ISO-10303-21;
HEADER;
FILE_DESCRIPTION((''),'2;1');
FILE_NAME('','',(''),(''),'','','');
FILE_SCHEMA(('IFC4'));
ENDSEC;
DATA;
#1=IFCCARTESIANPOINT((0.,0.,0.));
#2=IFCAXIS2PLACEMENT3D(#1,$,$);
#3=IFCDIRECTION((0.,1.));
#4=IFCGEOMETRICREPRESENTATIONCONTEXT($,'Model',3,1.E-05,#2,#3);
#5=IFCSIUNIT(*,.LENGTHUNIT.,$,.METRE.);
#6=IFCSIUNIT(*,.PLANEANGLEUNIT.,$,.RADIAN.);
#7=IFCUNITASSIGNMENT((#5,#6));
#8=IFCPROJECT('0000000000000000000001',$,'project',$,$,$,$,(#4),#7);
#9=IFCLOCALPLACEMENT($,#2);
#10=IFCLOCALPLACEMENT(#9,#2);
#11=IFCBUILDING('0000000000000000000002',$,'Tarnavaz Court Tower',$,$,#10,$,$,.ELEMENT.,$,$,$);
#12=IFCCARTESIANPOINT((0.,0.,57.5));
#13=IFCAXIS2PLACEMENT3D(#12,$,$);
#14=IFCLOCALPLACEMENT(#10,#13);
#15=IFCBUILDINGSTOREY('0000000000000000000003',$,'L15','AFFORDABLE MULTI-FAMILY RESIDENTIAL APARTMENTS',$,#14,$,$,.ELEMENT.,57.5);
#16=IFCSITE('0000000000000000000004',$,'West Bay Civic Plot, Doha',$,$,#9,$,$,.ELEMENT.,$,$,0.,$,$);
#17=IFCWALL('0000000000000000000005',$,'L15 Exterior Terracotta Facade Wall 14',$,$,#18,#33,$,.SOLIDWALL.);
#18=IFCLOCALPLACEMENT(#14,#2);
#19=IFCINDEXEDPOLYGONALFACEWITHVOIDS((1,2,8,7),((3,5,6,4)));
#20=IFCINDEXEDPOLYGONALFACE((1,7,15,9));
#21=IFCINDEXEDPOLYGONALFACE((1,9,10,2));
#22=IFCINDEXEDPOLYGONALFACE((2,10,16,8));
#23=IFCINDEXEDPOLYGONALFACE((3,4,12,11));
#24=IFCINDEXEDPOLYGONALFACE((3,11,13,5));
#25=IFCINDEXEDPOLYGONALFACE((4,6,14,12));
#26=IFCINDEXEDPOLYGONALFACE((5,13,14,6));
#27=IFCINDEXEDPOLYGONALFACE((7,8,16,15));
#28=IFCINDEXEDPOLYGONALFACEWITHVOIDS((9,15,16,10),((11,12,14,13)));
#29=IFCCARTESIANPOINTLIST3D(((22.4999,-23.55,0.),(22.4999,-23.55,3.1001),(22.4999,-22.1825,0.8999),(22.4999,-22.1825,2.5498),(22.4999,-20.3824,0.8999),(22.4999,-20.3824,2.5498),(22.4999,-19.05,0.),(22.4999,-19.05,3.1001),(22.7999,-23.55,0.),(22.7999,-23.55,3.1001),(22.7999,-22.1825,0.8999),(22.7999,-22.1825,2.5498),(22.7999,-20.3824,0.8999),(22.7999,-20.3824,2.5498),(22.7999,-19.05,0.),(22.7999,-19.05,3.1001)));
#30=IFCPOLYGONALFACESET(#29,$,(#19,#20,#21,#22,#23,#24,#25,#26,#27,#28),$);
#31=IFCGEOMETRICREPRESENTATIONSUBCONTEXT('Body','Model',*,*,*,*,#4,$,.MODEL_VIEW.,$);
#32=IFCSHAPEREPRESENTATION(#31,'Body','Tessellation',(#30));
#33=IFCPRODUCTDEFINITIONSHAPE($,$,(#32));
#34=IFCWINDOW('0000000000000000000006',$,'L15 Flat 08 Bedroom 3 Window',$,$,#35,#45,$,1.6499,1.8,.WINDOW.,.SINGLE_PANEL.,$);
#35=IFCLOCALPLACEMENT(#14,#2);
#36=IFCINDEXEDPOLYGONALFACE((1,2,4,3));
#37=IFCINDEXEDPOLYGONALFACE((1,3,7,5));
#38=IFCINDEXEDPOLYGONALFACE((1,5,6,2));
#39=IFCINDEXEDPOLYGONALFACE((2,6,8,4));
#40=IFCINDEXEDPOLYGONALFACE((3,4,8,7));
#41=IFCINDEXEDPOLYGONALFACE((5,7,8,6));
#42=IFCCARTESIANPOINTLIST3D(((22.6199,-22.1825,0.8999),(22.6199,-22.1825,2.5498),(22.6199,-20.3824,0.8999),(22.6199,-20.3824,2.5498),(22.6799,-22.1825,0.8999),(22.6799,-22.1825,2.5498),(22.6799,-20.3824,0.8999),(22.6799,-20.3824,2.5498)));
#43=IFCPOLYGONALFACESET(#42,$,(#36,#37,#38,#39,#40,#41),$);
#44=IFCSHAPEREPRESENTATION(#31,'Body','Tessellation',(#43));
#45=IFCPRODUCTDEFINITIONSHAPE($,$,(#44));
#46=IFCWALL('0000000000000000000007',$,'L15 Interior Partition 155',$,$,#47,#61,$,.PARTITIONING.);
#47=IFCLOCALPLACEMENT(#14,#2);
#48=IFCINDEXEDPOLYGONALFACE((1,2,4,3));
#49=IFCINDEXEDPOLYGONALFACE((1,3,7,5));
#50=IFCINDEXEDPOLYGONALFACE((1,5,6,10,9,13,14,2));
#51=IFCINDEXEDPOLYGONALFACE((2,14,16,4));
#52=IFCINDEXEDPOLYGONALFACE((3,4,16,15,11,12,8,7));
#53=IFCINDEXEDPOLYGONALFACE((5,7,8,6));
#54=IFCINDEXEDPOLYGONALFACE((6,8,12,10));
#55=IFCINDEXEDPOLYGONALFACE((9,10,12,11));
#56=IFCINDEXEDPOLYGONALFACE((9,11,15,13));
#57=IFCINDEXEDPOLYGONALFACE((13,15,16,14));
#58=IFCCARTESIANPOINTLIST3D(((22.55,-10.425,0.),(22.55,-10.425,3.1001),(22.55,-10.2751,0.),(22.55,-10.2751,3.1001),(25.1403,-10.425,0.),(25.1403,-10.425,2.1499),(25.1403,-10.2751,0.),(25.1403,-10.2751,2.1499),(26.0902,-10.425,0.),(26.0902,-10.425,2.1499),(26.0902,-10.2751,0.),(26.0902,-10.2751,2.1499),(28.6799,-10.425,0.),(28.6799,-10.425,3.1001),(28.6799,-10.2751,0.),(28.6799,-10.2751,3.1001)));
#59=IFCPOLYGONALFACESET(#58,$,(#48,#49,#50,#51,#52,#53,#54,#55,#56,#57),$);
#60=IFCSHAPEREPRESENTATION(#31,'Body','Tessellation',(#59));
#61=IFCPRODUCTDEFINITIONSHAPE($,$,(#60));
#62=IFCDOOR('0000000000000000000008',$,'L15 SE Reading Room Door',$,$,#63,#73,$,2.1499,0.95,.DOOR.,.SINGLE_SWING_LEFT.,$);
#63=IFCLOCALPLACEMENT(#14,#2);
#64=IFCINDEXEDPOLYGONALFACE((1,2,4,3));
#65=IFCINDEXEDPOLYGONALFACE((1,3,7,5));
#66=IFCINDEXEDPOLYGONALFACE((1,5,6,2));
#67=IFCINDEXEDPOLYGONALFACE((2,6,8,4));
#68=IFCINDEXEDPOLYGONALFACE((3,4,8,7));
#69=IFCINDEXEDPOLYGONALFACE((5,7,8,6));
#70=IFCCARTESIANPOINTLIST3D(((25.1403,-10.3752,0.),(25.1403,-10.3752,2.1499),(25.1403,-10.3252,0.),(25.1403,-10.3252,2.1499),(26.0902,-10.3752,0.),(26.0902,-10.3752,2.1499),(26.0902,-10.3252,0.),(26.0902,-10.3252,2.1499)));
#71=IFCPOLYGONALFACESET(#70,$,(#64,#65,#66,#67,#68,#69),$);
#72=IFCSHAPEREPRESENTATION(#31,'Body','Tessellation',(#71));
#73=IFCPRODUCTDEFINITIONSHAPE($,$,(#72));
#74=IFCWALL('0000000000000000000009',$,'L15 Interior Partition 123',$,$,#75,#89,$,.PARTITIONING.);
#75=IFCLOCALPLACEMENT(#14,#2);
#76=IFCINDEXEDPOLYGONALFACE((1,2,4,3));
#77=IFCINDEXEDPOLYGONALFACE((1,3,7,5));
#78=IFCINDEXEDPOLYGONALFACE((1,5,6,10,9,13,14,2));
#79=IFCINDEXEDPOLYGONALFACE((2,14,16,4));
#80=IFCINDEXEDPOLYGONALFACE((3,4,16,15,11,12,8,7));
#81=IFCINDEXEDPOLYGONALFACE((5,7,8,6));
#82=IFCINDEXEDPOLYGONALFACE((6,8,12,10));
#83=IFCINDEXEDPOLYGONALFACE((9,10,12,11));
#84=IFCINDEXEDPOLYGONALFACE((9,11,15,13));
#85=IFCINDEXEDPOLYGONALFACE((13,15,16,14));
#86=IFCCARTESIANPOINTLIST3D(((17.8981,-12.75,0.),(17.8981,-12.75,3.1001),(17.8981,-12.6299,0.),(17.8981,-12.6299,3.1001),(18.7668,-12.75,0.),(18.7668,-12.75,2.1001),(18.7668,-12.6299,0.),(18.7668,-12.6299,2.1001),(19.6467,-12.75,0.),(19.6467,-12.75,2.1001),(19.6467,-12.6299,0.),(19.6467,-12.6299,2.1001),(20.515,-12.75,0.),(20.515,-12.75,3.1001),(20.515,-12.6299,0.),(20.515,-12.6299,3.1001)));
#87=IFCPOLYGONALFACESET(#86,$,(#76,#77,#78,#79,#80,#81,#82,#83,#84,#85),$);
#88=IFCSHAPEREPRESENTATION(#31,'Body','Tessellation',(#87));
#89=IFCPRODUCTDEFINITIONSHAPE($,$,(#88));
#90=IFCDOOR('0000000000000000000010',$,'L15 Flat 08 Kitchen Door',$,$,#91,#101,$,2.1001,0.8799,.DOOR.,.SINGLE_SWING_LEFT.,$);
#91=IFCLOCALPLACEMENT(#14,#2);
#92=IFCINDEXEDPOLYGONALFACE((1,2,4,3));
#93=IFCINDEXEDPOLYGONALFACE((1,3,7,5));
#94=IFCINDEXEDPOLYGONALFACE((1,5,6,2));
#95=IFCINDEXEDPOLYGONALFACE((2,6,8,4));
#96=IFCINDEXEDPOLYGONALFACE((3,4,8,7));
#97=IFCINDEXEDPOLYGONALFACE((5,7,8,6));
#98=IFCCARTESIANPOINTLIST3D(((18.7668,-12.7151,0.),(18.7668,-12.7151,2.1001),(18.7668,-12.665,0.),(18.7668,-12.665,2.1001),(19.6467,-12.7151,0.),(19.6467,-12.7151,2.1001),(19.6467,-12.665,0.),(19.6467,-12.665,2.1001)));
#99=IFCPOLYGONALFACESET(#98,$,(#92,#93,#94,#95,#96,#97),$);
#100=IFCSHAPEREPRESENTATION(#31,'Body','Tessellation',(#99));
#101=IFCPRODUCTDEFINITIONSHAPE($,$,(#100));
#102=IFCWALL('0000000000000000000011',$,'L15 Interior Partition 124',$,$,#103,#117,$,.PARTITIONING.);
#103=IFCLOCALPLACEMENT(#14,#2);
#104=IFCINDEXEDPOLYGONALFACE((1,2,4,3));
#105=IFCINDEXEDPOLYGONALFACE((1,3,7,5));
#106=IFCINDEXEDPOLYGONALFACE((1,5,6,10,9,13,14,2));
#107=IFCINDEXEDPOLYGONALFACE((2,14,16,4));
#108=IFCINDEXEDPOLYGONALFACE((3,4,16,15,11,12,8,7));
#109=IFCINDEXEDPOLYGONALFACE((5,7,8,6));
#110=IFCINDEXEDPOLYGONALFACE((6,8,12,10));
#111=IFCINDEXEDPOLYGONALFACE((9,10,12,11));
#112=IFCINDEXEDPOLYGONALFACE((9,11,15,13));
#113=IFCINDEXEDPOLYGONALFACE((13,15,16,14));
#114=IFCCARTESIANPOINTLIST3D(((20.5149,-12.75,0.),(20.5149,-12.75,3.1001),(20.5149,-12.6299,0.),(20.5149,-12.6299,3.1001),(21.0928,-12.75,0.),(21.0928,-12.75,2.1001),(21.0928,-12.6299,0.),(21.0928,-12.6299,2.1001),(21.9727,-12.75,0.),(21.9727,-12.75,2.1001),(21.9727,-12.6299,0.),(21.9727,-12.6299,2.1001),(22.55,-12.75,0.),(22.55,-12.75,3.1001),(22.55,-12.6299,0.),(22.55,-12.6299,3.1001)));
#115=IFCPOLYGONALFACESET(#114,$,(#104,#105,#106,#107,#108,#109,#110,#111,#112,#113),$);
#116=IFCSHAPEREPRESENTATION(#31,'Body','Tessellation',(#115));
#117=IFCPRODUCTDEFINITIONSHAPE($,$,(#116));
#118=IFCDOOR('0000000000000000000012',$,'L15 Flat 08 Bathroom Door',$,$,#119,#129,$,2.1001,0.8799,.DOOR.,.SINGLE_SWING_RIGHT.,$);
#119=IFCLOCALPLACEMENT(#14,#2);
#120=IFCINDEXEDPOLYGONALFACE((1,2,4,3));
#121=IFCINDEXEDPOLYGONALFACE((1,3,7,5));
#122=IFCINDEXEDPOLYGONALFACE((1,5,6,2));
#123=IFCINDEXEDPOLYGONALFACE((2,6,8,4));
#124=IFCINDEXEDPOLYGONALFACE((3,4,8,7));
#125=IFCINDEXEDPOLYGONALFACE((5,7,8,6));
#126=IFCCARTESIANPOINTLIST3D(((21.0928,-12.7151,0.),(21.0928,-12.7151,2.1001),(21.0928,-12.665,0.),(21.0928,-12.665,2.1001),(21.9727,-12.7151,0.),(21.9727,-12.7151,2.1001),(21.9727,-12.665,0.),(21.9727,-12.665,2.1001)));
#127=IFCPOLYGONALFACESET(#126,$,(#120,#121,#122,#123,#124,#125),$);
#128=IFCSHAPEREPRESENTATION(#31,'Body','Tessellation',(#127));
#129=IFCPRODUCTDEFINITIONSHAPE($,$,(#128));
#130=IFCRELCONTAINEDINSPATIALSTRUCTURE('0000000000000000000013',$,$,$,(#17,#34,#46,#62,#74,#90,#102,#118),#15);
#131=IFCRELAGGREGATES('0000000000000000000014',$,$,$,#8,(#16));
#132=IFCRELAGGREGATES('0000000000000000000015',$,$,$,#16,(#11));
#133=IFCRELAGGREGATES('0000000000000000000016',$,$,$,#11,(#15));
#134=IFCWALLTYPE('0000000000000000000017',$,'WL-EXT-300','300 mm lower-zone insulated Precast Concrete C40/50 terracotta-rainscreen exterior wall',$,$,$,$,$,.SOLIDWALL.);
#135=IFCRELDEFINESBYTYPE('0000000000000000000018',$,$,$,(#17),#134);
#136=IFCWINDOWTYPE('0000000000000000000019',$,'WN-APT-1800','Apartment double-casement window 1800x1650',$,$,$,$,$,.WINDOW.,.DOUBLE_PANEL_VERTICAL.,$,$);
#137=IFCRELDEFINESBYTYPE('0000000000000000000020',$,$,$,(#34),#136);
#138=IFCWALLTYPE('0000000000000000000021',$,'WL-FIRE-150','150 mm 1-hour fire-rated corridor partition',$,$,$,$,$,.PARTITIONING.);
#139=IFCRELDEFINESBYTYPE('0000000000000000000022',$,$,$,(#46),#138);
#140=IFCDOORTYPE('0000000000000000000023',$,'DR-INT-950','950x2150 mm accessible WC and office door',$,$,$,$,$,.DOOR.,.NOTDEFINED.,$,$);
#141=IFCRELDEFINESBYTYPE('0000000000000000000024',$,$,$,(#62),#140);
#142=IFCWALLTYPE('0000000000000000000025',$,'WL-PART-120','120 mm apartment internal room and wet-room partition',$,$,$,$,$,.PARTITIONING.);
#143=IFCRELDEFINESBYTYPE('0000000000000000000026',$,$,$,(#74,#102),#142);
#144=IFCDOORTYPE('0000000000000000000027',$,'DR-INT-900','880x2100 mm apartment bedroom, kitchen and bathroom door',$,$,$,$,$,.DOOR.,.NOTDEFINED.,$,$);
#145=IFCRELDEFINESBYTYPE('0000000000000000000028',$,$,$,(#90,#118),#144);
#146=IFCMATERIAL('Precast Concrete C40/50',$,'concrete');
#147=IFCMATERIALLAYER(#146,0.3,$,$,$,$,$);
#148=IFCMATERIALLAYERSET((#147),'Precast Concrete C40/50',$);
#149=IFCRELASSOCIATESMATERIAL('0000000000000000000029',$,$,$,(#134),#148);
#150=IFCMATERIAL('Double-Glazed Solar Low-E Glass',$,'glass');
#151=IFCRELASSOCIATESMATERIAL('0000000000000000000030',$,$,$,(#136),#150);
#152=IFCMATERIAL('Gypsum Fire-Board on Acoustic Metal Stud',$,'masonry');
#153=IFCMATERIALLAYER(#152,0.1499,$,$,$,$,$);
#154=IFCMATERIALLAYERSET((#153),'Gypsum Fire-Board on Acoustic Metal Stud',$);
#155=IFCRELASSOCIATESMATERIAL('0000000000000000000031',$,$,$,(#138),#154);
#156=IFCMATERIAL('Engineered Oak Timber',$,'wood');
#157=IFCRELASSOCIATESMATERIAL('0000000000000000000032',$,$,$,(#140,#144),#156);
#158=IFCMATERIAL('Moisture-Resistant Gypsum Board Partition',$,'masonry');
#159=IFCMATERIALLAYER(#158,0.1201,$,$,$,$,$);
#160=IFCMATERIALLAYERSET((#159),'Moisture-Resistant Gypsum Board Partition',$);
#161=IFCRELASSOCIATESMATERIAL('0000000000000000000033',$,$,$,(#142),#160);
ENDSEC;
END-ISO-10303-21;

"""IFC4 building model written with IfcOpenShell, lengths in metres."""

from ifc_helpers import new_model, si_unit, direction, frame, frame_2d, origin, place, context, subcontext, project, spatial, rectangle, extrude, material, layer, layer_set, type_object, element, fill, save


model = new_model("IFC4")

# Units and contexts
model_context = context("Model", 3, precision=1e-05, world=origin(), true_north=direction((0.0, 1.0)))
body_context = subcontext(model_context, "Body", "Model", "MODEL_VIEW")
ifc_project = project(units=[si_unit("LENGTHUNIT", "METRE"), si_unit("PLANEANGLEUNIT", "RADIAN")], contexts=[model_context])

# Site, building, storey
site_placement = place(None, origin())
site = spatial("IfcSite", under=ifc_project, at=site_placement, Name="West Bay Civic Plot, Doha", CompositionType="ELEMENT", RefElevation=0.0)
building_placement = place(site_placement, origin())
building = spatial("IfcBuilding", under=site, at=building_placement, Name="Tarnavaz Court Tower", CompositionType="ELEMENT")
storey_placement = place(building_placement, frame((0.0, 0.0, 57.5)))
storey = spatial("IfcBuildingStorey", under=building, at=storey_placement, Name="L15", Description="AFFORDABLE MULTI-FAMILY RESIDENTIAL APARTMENTS", CompositionType="ELEMENT", Elevation=57.5)

# Wall, opening, window
ifc_material_1 = material(Name="Precast Concrete C40/50", Category="concrete")
ifc_layer_1 = layer(ifc_material_1, 0.3)
ifc_layer_set_1 = layer_set([ifc_layer_1], Name="Precast Concrete C40/50")
wall_type_1 = type_object("IfcWallType", Name="WL-EXT-300", Description="300 mm lower-zone insulated Precast Concrete C40/50 terracotta-rainscreen exterior wall", PredefinedType="SOLIDWALL", material=ifc_layer_set_1)
ifc_material_2 = material(Name="Double-Glazed Solar Low-E Glass", Category="glass")
wall_1_placement = place(storey_placement, frame((22.6499, -19.05, 0.0), z_axis=(0.0, 0.0, 1.0), x_axis=(0.0, -1.0, 0.0)))
wall_1 = element("IfcWall", 1, at=wall_1_placement, inside=storey, type_object=wall_type_1, Name="L15 Exterior Terracotta Facade Wall 14", PredefinedType="SOLIDWALL", context=body_context, shape_type="SweptSolid", body=[
    extrude(rectangle(XDim=4.5, YDim=0.3, at=frame_2d((2.25, 0.0))), origin(), (0.0, 0.0, 1.0), 3.1001),
])
opening_1_placement = place(wall_1_placement, frame((1.3325, 0.0, 0.8999)))
opening_1 = element("IfcOpeningElement", 2, at=opening_1_placement, cuts=wall_1, PredefinedType="OPENING", context=body_context, shape_type="SweptSolid", body=[
    extrude(rectangle(XDim=1.8, YDim=1.6499, at=frame_2d((0.8999, 0.825))), frame((0.0, 0.1599, 0.0), z_axis=(0.0, -1.0, 0.0), x_axis=(1.0, 0.0, 0.0)), (0.0, 0.0, 1.0), 0.3201),
])
window_type_1 = type_object("IfcWindowType", Name="WN-APT-1800", Description="Apartment double-casement window 1800x1650", PartitioningType="DOUBLE_PANEL_VERTICAL", PredefinedType="WINDOW", material=ifc_material_2)
window_1_placement = place(opening_1_placement, origin())
window_1 = element("IfcWindow", 3, at=window_1_placement, inside=storey, type_object=window_type_1, Name="L15 Flat 08 Bedroom 3 Window", OverallHeight=1.6499, OverallWidth=1.8, PartitioningType="SINGLE_PANEL", PredefinedType="WINDOW", context=body_context, shape_type="SweptSolid", body=[
    extrude(rectangle(XDim=1.8, YDim=1.6499, at=frame_2d((0.8999, 0.825))), frame((0.0, 0.03, 0.0), z_axis=(0.0, -1.0, 0.0), x_axis=(1.0, 0.0, 0.0)), (0.0, 0.0, 1.0), 0.0601),
])
fill(opening_1, window_1)

# Walls, openings, doors
ifc_material_3 = material(Name="Gypsum Fire-Board on Acoustic Metal Stud", Category="masonry")
ifc_layer_2 = layer(ifc_material_3, 0.1499)
ifc_layer_set_2 = layer_set([ifc_layer_2], Name="Gypsum Fire-Board on Acoustic Metal Stud")
wall_type_2 = type_object("IfcWallType", Name="WL-FIRE-150", Description="150 mm 1-hour fire-rated corridor partition", PredefinedType="PARTITIONING", material=ifc_layer_set_2)
wall_2_placement = place(storey_placement, frame((22.55, -10.3501, 0.0), z_axis=(0.0, 0.0, 1.0), x_axis=(1.0, 0.0, 0.0)))
wall_2 = element("IfcWall", 4, at=wall_2_placement, inside=storey, type_object=wall_type_2, Name="L15 Interior Partition 155", PredefinedType="PARTITIONING", context=body_context, shape_type="SweptSolid", body=[
    extrude(rectangle(XDim=6.1299, YDim=0.1499, at=frame_2d((3.0649, 0.0))), origin(), (0.0, 0.0, 1.0), 3.1001),
])
opening_2_placement = place(wall_2_placement, frame((2.5901, 0.0, 0.0)))
opening_2 = element("IfcOpeningElement", 5, at=opening_2_placement, cuts=wall_2, PredefinedType="OPENING", context=body_context, shape_type="SweptSolid", body=[
    extrude(rectangle(XDim=0.95, YDim=2.1499, at=frame_2d((0.4751, 1.075))), frame((0.0, 0.085, 0.0), z_axis=(0.0, -1.0, 0.0), x_axis=(1.0, 0.0, 0.0)), (0.0, 0.0, 1.0), 0.1699),
])
ifc_material_4 = material(Name="Engineered Oak Timber", Category="wood")
door_type_1 = type_object("IfcDoorType", Name="DR-INT-950", Description="950x2150 mm accessible WC and office door", OperationType="NOTDEFINED", PredefinedType="DOOR", material=ifc_material_4)
door_1_placement = place(opening_2_placement, origin())
door_1 = element("IfcDoor", 6, at=door_1_placement, inside=storey, type_object=door_type_1, Name="L15 SE Reading Room Door", OperationType="SINGLE_SWING_LEFT", OverallHeight=2.1499, OverallWidth=0.95, PredefinedType="DOOR", context=body_context, shape_type="SweptSolid", body=[
    extrude(rectangle(XDim=0.95, YDim=2.1499, at=frame_2d((0.4751, 1.075))), frame((0.0, 0.0249, 0.0), z_axis=(0.0, -1.0, 0.0), x_axis=(1.0, 0.0, 0.0)), (0.0, 0.0, 1.0), 0.05),
])
fill(opening_2, door_1)
ifc_material_5 = material(Name="Moisture-Resistant Gypsum Board Partition", Category="masonry")
ifc_layer_3 = layer(ifc_material_5, 0.1201)
ifc_layer_set_3 = layer_set([ifc_layer_3], Name="Moisture-Resistant Gypsum Board Partition")
wall_type_3 = type_object("IfcWallType", Name="WL-PART-120", Description="120 mm apartment internal room and wet-room partition", PredefinedType="PARTITIONING", material=ifc_layer_set_3)
wall_3_placement = place(storey_placement, frame((17.8979, -12.6899, 0.0), z_axis=(0.0, 0.0, 1.0), x_axis=(1.0, 0.0, 0.0)))
wall_3 = element("IfcWall", 7, at=wall_3_placement, inside=storey, type_object=wall_type_3, Name="L15 Interior Partition 123", PredefinedType="PARTITIONING", context=body_context, shape_type="SweptSolid", body=[
    extrude(rectangle(XDim=2.6169, YDim=0.1201, at=frame_2d((1.3086, 0.0))), origin(), (0.0, 0.0, 1.0), 3.1001),
])
opening_3_placement = place(wall_3_placement, frame((0.8689, 0.0, 0.0)))
opening_3 = element("IfcOpeningElement", 8, at=opening_3_placement, cuts=wall_3, PredefinedType="OPENING", context=body_context, shape_type="SweptSolid", body=[
    extrude(rectangle(XDim=0.8799, YDim=2.1001, at=frame_2d((0.4399, 1.05))), frame((0.0, 0.0701, 0.0), z_axis=(0.0, -1.0, 0.0), x_axis=(1.0, 0.0, 0.0)), (0.0, 0.0, 1.0), 0.1401),
])
door_type_2 = type_object("IfcDoorType", Name="DR-INT-900", Description="880x2100 mm apartment bedroom, kitchen and bathroom door", OperationType="NOTDEFINED", PredefinedType="DOOR", material=ifc_material_4)
door_2_placement = place(opening_3_placement, origin())
door_2 = element("IfcDoor", 9, at=door_2_placement, inside=storey, type_object=door_type_2, Name="L15 Flat 08 Kitchen Door", OperationType="SINGLE_SWING_LEFT", OverallHeight=2.1001, OverallWidth=0.8799, PredefinedType="DOOR", context=body_context, shape_type="SweptSolid", body=[
    extrude(rectangle(XDim=0.8799, YDim=2.1001, at=frame_2d((0.4399, 1.05))), frame((0.0, 0.0249, 0.0), z_axis=(0.0, -1.0, 0.0), x_axis=(1.0, 0.0, 0.0)), (0.0, 0.0, 1.0), 0.05),
])
fill(opening_3, door_2)
wall_4_placement = place(storey_placement, frame((20.5149, -12.6899, 0.0), z_axis=(0.0, 0.0, 1.0), x_axis=(1.0, 0.0, 0.0)))
wall_4 = element("IfcWall", 10, at=wall_4_placement, inside=storey, type_object=wall_type_3, Name="L15 Interior Partition 124", PredefinedType="PARTITIONING", context=body_context, shape_type="SweptSolid", body=[
    extrude(rectangle(XDim=2.0352, YDim=0.1201, at=frame_2d((1.0176, 0.0))), origin(), (0.0, 0.0, 1.0), 3.1001),
])
opening_4_placement = place(wall_4_placement, frame((0.5779, 0.0, 0.0)))
opening_4 = element("IfcOpeningElement", 11, at=opening_4_placement, cuts=wall_4, PredefinedType="OPENING", context=body_context, shape_type="SweptSolid", body=[
    extrude(rectangle(XDim=0.8799, YDim=2.1001, at=frame_2d((0.4399, 1.05))), frame((0.0, 0.0701, 0.0), z_axis=(0.0, -1.0, 0.0), x_axis=(1.0, 0.0, 0.0)), (0.0, 0.0, 1.0), 0.1401),
])
door_3_placement = place(opening_4_placement, origin())
door_3 = element("IfcDoor", 12, at=door_3_placement, inside=storey, type_object=door_type_2, Name="L15 Flat 08 Bathroom Door", OperationType="SINGLE_SWING_RIGHT", OverallHeight=2.1001, OverallWidth=0.8799, PredefinedType="DOOR", context=body_context, shape_type="SweptSolid", body=[
    extrude(rectangle(XDim=0.8799, YDim=2.1001, at=frame_2d((0.4399, 1.05))), frame((0.0, 0.0249, 0.0), z_axis=(0.0, -1.0, 0.0), x_axis=(1.0, 0.0, 0.0)), (0.0, 0.0, 1.0), 0.05),
])
fill(opening_4, door_3)

save(model, "model.ifc")
